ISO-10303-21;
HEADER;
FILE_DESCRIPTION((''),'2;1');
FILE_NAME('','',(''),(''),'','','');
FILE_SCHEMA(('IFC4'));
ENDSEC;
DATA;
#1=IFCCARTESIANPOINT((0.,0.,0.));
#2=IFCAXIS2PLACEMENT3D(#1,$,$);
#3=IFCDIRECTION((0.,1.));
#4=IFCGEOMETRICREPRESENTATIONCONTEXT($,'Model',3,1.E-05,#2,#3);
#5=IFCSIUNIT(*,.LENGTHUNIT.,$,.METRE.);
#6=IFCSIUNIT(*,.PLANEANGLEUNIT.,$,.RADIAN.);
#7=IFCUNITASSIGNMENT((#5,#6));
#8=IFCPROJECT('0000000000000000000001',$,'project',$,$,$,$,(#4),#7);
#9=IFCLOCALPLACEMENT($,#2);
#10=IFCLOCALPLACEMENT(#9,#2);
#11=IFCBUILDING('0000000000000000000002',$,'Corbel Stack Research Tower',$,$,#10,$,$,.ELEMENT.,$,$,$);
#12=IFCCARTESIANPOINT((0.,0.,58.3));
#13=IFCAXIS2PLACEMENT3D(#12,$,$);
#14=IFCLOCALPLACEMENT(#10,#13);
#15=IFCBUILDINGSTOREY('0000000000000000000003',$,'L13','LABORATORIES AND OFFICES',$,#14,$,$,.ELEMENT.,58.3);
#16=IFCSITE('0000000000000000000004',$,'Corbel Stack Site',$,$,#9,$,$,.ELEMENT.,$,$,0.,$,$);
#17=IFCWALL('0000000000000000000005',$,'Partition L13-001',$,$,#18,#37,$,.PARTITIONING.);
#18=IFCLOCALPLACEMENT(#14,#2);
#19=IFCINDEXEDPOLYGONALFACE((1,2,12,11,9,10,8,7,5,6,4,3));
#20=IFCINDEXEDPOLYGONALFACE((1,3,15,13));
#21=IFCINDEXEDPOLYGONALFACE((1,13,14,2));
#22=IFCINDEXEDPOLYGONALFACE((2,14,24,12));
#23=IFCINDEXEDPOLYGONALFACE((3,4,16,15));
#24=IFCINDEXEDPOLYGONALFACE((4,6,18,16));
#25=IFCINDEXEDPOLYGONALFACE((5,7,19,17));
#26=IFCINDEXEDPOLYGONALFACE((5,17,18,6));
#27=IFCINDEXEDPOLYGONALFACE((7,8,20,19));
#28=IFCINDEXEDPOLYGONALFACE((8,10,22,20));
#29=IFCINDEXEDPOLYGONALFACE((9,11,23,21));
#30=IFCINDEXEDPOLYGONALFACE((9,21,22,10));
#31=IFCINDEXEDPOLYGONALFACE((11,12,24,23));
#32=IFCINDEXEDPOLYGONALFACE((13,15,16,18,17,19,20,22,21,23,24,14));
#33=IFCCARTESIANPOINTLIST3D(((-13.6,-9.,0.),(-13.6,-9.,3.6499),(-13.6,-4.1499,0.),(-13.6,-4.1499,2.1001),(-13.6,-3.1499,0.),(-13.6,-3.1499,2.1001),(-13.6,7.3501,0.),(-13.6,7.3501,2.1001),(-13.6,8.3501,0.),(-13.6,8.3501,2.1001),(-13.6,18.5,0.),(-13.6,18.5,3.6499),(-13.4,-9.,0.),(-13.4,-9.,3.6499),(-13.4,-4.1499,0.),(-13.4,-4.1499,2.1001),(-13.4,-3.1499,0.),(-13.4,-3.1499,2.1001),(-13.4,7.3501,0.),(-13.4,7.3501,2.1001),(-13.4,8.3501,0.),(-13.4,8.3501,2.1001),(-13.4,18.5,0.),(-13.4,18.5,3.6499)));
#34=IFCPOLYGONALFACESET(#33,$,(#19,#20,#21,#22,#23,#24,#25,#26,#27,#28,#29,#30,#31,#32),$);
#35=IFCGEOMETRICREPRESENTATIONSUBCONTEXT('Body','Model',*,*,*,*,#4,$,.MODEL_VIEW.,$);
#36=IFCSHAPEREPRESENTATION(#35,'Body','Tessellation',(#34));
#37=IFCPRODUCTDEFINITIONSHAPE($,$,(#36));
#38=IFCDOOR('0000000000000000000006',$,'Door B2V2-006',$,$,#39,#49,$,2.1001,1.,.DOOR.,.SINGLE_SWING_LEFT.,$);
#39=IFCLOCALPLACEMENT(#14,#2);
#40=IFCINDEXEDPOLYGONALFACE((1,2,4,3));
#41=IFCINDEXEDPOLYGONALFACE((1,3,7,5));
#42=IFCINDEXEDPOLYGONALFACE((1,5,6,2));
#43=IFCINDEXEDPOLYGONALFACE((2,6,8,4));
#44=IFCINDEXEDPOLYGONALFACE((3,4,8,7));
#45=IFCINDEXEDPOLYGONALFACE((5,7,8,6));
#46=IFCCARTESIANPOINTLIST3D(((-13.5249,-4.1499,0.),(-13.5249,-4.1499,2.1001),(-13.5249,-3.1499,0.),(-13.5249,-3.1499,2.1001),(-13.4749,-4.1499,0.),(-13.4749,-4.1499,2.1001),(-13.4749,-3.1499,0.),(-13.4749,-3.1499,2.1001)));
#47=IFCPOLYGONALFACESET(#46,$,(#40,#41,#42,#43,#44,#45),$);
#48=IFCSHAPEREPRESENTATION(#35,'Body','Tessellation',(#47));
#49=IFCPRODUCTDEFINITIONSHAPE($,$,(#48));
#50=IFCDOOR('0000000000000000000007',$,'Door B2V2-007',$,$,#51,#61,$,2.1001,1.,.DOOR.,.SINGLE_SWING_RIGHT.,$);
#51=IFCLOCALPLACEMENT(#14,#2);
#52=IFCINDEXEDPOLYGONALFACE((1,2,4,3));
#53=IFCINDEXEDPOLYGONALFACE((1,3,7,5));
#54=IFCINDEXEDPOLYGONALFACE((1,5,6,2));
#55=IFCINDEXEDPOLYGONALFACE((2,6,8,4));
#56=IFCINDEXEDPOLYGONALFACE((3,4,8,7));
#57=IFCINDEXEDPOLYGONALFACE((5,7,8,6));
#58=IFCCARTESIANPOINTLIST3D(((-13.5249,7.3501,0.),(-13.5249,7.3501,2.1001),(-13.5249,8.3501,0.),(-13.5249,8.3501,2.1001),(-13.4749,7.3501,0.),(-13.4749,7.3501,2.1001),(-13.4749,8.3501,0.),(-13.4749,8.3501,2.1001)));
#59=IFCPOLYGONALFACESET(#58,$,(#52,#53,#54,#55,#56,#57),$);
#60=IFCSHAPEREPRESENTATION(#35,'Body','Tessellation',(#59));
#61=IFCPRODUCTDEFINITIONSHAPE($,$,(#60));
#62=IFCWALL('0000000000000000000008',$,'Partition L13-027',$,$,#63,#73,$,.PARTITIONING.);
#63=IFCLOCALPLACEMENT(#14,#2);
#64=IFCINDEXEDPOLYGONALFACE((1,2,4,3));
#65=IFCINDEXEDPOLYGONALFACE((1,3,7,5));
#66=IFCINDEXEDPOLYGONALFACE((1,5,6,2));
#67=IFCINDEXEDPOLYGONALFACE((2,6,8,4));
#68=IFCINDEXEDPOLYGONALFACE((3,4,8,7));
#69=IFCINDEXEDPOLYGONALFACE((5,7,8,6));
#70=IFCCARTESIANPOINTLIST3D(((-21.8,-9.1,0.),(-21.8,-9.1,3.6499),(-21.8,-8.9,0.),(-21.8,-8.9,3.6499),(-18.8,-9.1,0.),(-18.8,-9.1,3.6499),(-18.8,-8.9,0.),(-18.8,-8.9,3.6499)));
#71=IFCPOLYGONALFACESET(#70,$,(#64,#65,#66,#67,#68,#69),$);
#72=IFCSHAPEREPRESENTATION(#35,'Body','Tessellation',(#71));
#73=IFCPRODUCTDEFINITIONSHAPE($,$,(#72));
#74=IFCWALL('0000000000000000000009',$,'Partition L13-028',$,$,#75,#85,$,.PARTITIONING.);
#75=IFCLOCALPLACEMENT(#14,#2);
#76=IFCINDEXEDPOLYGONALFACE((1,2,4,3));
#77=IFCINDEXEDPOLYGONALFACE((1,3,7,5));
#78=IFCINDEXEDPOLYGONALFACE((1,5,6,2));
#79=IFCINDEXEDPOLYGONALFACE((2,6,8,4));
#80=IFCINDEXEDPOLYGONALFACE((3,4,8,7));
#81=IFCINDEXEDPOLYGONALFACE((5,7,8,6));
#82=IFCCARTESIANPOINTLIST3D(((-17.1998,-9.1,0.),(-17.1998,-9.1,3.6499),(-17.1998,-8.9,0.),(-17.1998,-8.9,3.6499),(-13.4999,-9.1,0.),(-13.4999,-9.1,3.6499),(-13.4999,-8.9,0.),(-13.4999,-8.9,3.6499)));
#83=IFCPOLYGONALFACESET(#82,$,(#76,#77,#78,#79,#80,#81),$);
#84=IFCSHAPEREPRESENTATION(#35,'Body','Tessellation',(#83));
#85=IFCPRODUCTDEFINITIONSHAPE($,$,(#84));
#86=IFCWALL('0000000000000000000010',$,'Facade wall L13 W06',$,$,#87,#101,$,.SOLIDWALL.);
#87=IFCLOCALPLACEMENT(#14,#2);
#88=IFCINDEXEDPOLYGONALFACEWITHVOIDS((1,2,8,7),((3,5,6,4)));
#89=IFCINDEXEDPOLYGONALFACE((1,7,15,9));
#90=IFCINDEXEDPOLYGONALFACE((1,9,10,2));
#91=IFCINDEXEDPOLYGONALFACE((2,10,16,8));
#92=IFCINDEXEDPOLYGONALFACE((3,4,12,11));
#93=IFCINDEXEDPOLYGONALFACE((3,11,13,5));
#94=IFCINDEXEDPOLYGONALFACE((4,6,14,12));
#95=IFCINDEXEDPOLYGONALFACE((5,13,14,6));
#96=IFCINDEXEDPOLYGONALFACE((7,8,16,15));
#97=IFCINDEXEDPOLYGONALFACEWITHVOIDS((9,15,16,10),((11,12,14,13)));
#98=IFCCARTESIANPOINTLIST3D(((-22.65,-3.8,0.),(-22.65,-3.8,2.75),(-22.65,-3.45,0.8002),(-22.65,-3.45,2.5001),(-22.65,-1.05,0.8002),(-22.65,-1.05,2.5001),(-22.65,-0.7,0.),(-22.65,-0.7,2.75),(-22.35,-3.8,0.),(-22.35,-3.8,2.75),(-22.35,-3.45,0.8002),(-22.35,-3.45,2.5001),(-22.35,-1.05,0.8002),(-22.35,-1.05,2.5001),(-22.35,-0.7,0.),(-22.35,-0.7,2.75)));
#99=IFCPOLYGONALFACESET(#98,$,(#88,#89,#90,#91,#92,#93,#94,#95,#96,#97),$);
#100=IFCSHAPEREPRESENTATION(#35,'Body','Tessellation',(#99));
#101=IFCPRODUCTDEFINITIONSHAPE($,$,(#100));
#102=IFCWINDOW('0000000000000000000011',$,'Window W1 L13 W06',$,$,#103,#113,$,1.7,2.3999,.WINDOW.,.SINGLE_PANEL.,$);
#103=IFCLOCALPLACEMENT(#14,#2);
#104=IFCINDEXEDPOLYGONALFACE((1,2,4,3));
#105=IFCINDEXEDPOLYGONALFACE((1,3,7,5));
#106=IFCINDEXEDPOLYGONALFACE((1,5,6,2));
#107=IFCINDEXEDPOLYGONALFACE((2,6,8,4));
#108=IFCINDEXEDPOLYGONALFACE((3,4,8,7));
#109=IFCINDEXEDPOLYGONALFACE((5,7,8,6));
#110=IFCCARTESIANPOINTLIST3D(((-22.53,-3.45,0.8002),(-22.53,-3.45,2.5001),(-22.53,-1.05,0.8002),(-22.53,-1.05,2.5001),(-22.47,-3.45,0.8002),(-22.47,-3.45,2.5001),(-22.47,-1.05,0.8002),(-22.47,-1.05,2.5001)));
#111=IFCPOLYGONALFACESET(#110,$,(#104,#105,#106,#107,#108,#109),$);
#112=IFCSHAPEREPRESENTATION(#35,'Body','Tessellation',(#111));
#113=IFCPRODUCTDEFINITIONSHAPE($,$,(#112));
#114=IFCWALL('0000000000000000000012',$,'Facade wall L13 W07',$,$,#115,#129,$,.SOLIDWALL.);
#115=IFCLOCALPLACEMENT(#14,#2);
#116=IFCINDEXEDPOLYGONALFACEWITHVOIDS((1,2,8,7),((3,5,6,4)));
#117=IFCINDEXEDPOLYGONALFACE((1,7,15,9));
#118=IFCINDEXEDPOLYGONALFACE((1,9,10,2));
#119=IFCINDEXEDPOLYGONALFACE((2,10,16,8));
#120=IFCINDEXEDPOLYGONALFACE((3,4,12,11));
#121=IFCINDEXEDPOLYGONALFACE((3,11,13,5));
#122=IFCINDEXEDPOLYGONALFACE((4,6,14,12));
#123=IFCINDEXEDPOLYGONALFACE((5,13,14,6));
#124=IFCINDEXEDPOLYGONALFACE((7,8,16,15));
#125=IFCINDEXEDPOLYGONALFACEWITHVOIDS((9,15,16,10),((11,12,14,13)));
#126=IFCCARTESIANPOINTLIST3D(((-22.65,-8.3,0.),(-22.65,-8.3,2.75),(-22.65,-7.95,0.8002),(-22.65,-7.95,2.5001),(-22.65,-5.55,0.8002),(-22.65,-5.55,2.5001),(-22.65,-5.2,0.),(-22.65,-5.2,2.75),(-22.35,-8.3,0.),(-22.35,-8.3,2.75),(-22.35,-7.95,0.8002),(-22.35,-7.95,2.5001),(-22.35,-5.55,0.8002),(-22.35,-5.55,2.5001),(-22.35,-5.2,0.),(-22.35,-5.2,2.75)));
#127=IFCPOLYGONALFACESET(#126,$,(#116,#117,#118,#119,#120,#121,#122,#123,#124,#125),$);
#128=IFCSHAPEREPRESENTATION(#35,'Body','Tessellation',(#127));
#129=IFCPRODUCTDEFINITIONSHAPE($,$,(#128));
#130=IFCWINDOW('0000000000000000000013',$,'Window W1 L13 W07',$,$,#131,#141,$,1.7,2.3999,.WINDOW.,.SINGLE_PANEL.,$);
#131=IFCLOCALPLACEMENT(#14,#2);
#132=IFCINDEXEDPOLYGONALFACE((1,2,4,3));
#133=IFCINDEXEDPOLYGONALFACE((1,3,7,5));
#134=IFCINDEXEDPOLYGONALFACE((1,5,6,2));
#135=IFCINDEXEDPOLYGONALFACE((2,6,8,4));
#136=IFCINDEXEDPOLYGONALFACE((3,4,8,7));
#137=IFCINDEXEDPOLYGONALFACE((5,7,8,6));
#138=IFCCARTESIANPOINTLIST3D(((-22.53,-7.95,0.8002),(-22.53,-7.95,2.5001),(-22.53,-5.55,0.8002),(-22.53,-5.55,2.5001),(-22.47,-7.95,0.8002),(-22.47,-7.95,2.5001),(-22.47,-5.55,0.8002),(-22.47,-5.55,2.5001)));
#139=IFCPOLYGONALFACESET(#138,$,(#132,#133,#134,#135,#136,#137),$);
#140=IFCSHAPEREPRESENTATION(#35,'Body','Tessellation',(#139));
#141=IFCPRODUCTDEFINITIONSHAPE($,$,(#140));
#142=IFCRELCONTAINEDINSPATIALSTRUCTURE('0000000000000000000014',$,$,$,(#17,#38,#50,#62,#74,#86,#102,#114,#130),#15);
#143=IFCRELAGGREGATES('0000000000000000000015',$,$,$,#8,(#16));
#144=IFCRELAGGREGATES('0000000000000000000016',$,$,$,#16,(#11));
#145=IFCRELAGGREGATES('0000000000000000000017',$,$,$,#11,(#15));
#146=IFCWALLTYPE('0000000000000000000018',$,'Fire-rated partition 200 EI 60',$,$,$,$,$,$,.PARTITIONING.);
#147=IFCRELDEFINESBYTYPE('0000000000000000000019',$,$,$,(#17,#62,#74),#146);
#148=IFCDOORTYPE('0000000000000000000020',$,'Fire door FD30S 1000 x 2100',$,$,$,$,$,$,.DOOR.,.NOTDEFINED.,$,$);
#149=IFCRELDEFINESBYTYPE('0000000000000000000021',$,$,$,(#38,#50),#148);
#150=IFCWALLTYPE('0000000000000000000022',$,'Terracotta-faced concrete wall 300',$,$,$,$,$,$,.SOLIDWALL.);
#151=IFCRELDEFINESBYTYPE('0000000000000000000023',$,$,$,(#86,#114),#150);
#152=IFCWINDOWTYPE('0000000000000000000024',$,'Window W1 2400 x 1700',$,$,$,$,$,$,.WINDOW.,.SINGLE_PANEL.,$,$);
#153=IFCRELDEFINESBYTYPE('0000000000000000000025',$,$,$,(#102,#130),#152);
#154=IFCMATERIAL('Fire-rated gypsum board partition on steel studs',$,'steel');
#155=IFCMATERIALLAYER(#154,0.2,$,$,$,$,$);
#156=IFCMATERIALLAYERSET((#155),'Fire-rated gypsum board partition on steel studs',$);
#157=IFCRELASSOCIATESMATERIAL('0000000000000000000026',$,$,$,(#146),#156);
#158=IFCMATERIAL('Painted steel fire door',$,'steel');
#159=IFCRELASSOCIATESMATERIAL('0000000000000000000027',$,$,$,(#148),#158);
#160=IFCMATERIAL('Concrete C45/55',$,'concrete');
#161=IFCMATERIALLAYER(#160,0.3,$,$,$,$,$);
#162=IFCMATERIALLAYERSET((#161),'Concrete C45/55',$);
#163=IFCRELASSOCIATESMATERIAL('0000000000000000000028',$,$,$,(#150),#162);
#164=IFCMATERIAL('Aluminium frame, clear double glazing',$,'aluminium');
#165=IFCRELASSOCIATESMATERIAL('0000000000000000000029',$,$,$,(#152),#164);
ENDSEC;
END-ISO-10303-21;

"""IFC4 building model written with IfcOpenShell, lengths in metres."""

from ifc_helpers import new_model, si_unit, direction, frame, frame_2d, origin, place, context, subcontext, project, spatial, rectangle, extrude, material, layer, layer_set, type_object, element, fill, save


model = new_model("IFC4")

# Units and contexts
model_context = context("Model", 3, precision=1e-05, world=origin(), true_north=direction((0.0, 1.0)))
body_context = subcontext(model_context, "Body", "Model", "MODEL_VIEW")
ifc_project = project(units=[si_unit("LENGTHUNIT", "METRE"), si_unit("PLANEANGLEUNIT", "RADIAN")], contexts=[model_context])

# Site, building, storey
site_placement = place(None, origin())
site = spatial("IfcSite", under=ifc_project, at=site_placement, Name="Corbel Stack Site", CompositionType="ELEMENT", RefElevation=0.0)
building_placement = place(site_placement, origin())
building = spatial("IfcBuilding", under=site, at=building_placement, Name="Corbel Stack Research Tower", CompositionType="ELEMENT")
storey_placement = place(building_placement, frame((0.0, 0.0, 58.3)))
storey = spatial("IfcBuildingStorey", under=building, at=storey_placement, Name="L13", Description="LABORATORIES AND OFFICES", CompositionType="ELEMENT", Elevation=58.3)

# Wall, openings, doors
ifc_material_1 = material(Name="Fire-rated gypsum board partition on steel studs", Category="steel")
ifc_layer_1 = layer(ifc_material_1, 0.2)
ifc_layer_set_1 = layer_set([ifc_layer_1], Name="Fire-rated gypsum board partition on steel studs")
wall_type_1 = type_object("IfcWallType", Name="Fire-rated partition 200 EI 60", PredefinedType="PARTITIONING", material=ifc_layer_set_1)
wall_1_placement = place(storey_placement, frame((-13.5, -9.0, 0.0), z_axis=(0.0, 0.0, 1.0), x_axis=(0.0, 1.0, 0.0)))
wall_1 = element("IfcWall", 1, at=wall_1_placement, inside=storey, type_object=wall_type_1, Name="Partition L13-001", PredefinedType="PARTITIONING", context=body_context, shape_type="SweptSolid", body=[
    extrude(rectangle(XDim=27.5, YDim=0.2, at=frame_2d((13.75, 0.0))), origin(), (0.0, 0.0, 1.0), 3.6499),
])
opening_1_placement = place(wall_1_placement, frame((4.8501, 0.0, 0.0)))
opening_1 = element("IfcOpeningElement", 2, at=opening_1_placement, cuts=wall_1, PredefinedType="OPENING", context=body_context, shape_type="SweptSolid", body=[
    extrude(rectangle(XDim=1.0, YDim=2.1001, at=frame_2d((0.5, 1.05))), frame((0.0, 0.1099, 0.0), z_axis=(0.0, -1.0, 0.0), x_axis=(1.0, 0.0, 0.0)), (0.0, 0.0, 1.0), 0.22),
])
opening_2_placement = place(wall_1_placement, frame((16.3501, 0.0, 0.0)))
opening_2 = element("IfcOpeningElement", 3, at=opening_2_placement, cuts=wall_1, PredefinedType="OPENING", context=body_context, shape_type="SweptSolid", body=[
    extrude(rectangle(XDim=1.0, YDim=2.1001, at=frame_2d((0.5, 1.05))), frame((0.0, 0.1099, 0.0), z_axis=(0.0, -1.0, 0.0), x_axis=(1.0, 0.0, 0.0)), (0.0, 0.0, 1.0), 0.22),
])
ifc_material_2 = material(Name="Painted steel fire door", Category="steel")
door_type_1 = type_object("IfcDoorType", Name="Fire door FD30S 1000 x 2100", OperationType="NOTDEFINED", PredefinedType="DOOR", material=ifc_material_2)
door_1_placement = place(opening_1_placement, origin())
door_1 = element("IfcDoor", 4, at=door_1_placement, inside=storey, type_object=door_type_1, Name="Door B2V2-006", OperationType="SINGLE_SWING_LEFT", OverallHeight=2.1001, OverallWidth=1.0, PredefinedType="DOOR", context=body_context, shape_type="SweptSolid", body=[
    extrude(rectangle(XDim=1.0, YDim=2.1001, at=frame_2d((0.5, 1.05))), frame((0.0, 0.0249, 0.0), z_axis=(0.0, -1.0, 0.0), x_axis=(1.0, 0.0, 0.0)), (0.0, 0.0, 1.0), 0.05),
])
fill(opening_1, door_1)
door_2_placement = place(opening_2_placement, origin())
door_2 = element("IfcDoor", 5, at=door_2_placement, inside=storey, type_object=door_type_1, Name="Door B2V2-007", OperationType="SINGLE_SWING_RIGHT", OverallHeight=2.1001, OverallWidth=1.0, PredefinedType="DOOR", context=body_context, shape_type="SweptSolid", body=[
    extrude(rectangle(XDim=1.0, YDim=2.1001, at=frame_2d((0.5, 1.05))), frame((0.0, 0.0249, 0.0), z_axis=(0.0, -1.0, 0.0), x_axis=(1.0, 0.0, 0.0)), (0.0, 0.0, 1.0), 0.05),
])
fill(opening_2, door_2)

# Walls
wall_2_placement = place(storey_placement, frame((-21.8, -9.0, 0.0), z_axis=(0.0, 0.0, 1.0), x_axis=(1.0, 0.0, 0.0)))
element("IfcWall", 6, at=wall_2_placement, inside=storey, type_object=wall_type_1, Name="Partition L13-027", PredefinedType="PARTITIONING", context=body_context, shape_type="SweptSolid", body=[
    extrude(rectangle(XDim=3.0, YDim=0.2, at=frame_2d((1.5, 0.0))), origin(), (0.0, 0.0, 1.0), 3.6499),
])
wall_3_placement = place(storey_placement, frame((-17.2, -9.0, 0.0), z_axis=(0.0, 0.0, 1.0), x_axis=(1.0, 0.0, 0.0)))
element("IfcWall", 7, at=wall_3_placement, inside=storey, type_object=wall_type_1, Name="Partition L13-028", PredefinedType="PARTITIONING", context=body_context, shape_type="SweptSolid", body=[
    extrude(rectangle(XDim=3.7, YDim=0.2, at=frame_2d((1.8501, 0.0))), origin(), (0.0, 0.0, 1.0), 3.6499),
])

# Walls, openings, windows
ifc_material_3 = material(Name="Concrete C45/55", Category="concrete")
ifc_layer_2 = layer(ifc_material_3, 0.3)
ifc_layer_set_2 = layer_set([ifc_layer_2], Name="Concrete C45/55")
wall_type_2 = type_object("IfcWallType", Name="Terracotta-faced concrete wall 300", PredefinedType="SOLIDWALL", material=ifc_layer_set_2)
wall_4_placement = place(storey_placement, frame((-22.5, -3.8, 0.0), z_axis=(0.0, 0.0, 1.0), x_axis=(0.0, 1.0, 0.0)))
wall_4 = element("IfcWall", 8, at=wall_4_placement, inside=storey, type_object=wall_type_2, Name="Facade wall L13 W06", PredefinedType="SOLIDWALL", context=body_context, shape_type="SweptSolid", body=[
    extrude(rectangle(XDim=3.1001, YDim=0.3, at=frame_2d((1.55, 0.0))), origin(), (0.0, 0.0, 1.0), 2.75),
])
opening_3_placement = place(wall_4_placement, frame((0.3501, 0.0, 0.8)))
opening_3 = element("IfcOpeningElement", 9, at=opening_3_placement, cuts=wall_4, PredefinedType="OPENING", context=body_context, shape_type="SweptSolid", body=[
    extrude(rectangle(XDim=2.3999, YDim=1.7, at=frame_2d((1.2, 0.8501))), frame((0.0, 0.1599, 0.0), z_axis=(0.0, -1.0, 0.0), x_axis=(1.0, 0.0, 0.0)), (0.0, 0.0, 1.0), 0.3201),
])
ifc_material_4 = material(Name="Aluminium frame, clear double glazing", Category="aluminium")
window_type = type_object("IfcWindowType", Name="Window W1 2400 x 1700", PartitioningType="SINGLE_PANEL", PredefinedType="WINDOW", material=ifc_material_4)
window_1_placement = place(opening_3_placement, origin())
window_1 = element("IfcWindow", 10, at=window_1_placement, inside=storey, type_object=window_type, Name="Window W1 L13 W06", OverallHeight=1.7, OverallWidth=2.3999, PartitioningType="SINGLE_PANEL", PredefinedType="WINDOW", context=body_context, shape_type="SweptSolid", body=[
    extrude(rectangle(XDim=2.3999, YDim=1.7, at=frame_2d((1.2, 0.8501))), frame((0.0, 0.03, 0.0), z_axis=(0.0, -1.0, 0.0), x_axis=(1.0, 0.0, 0.0)), (0.0, 0.0, 1.0), 0.0601),
])
fill(opening_3, window_1)
wall_5_placement = place(storey_placement, frame((-22.5, -8.3, 0.0), z_axis=(0.0, 0.0, 1.0), x_axis=(0.0, 1.0, 0.0)))
wall_5 = element("IfcWall", 11, at=wall_5_placement, inside=storey, type_object=wall_type_2, Name="Facade wall L13 W07", PredefinedType="SOLIDWALL", context=body_context, shape_type="SweptSolid", body=[
    extrude(rectangle(XDim=3.1001, YDim=0.3, at=frame_2d((1.55, 0.0))), origin(), (0.0, 0.0, 1.0), 2.75),
])
opening_4_placement = place(wall_5_placement, frame((0.3501, 0.0, 0.8)))
opening_4 = element("IfcOpeningElement", 12, at=opening_4_placement, cuts=wall_5, PredefinedType="OPENING", context=body_context, shape_type="SweptSolid", body=[
    extrude(rectangle(XDim=2.3999, YDim=1.7, at=frame_2d((1.2, 0.8501))), frame((0.0, 0.1599, 0.0), z_axis=(0.0, -1.0, 0.0), x_axis=(1.0, 0.0, 0.0)), (0.0, 0.0, 1.0), 0.3201),
])
window_2_placement = place(opening_4_placement, origin())
window_2 = element("IfcWindow", 13, at=window_2_placement, inside=storey, type_object=window_type, Name="Window W1 L13 W07", OverallHeight=1.7, OverallWidth=2.3999, PartitioningType="SINGLE_PANEL", PredefinedType="WINDOW", context=body_context, shape_type="SweptSolid", body=[
    extrude(rectangle(XDim=2.3999, YDim=1.7, at=frame_2d((1.2, 0.8501))), frame((0.0, 0.03, 0.0), z_axis=(0.0, -1.0, 0.0), x_axis=(1.0, 0.0, 0.0)), (0.0, 0.0, 1.0), 0.0601),
])
fill(opening_4, window_2)

save(model, "model.ifc")
